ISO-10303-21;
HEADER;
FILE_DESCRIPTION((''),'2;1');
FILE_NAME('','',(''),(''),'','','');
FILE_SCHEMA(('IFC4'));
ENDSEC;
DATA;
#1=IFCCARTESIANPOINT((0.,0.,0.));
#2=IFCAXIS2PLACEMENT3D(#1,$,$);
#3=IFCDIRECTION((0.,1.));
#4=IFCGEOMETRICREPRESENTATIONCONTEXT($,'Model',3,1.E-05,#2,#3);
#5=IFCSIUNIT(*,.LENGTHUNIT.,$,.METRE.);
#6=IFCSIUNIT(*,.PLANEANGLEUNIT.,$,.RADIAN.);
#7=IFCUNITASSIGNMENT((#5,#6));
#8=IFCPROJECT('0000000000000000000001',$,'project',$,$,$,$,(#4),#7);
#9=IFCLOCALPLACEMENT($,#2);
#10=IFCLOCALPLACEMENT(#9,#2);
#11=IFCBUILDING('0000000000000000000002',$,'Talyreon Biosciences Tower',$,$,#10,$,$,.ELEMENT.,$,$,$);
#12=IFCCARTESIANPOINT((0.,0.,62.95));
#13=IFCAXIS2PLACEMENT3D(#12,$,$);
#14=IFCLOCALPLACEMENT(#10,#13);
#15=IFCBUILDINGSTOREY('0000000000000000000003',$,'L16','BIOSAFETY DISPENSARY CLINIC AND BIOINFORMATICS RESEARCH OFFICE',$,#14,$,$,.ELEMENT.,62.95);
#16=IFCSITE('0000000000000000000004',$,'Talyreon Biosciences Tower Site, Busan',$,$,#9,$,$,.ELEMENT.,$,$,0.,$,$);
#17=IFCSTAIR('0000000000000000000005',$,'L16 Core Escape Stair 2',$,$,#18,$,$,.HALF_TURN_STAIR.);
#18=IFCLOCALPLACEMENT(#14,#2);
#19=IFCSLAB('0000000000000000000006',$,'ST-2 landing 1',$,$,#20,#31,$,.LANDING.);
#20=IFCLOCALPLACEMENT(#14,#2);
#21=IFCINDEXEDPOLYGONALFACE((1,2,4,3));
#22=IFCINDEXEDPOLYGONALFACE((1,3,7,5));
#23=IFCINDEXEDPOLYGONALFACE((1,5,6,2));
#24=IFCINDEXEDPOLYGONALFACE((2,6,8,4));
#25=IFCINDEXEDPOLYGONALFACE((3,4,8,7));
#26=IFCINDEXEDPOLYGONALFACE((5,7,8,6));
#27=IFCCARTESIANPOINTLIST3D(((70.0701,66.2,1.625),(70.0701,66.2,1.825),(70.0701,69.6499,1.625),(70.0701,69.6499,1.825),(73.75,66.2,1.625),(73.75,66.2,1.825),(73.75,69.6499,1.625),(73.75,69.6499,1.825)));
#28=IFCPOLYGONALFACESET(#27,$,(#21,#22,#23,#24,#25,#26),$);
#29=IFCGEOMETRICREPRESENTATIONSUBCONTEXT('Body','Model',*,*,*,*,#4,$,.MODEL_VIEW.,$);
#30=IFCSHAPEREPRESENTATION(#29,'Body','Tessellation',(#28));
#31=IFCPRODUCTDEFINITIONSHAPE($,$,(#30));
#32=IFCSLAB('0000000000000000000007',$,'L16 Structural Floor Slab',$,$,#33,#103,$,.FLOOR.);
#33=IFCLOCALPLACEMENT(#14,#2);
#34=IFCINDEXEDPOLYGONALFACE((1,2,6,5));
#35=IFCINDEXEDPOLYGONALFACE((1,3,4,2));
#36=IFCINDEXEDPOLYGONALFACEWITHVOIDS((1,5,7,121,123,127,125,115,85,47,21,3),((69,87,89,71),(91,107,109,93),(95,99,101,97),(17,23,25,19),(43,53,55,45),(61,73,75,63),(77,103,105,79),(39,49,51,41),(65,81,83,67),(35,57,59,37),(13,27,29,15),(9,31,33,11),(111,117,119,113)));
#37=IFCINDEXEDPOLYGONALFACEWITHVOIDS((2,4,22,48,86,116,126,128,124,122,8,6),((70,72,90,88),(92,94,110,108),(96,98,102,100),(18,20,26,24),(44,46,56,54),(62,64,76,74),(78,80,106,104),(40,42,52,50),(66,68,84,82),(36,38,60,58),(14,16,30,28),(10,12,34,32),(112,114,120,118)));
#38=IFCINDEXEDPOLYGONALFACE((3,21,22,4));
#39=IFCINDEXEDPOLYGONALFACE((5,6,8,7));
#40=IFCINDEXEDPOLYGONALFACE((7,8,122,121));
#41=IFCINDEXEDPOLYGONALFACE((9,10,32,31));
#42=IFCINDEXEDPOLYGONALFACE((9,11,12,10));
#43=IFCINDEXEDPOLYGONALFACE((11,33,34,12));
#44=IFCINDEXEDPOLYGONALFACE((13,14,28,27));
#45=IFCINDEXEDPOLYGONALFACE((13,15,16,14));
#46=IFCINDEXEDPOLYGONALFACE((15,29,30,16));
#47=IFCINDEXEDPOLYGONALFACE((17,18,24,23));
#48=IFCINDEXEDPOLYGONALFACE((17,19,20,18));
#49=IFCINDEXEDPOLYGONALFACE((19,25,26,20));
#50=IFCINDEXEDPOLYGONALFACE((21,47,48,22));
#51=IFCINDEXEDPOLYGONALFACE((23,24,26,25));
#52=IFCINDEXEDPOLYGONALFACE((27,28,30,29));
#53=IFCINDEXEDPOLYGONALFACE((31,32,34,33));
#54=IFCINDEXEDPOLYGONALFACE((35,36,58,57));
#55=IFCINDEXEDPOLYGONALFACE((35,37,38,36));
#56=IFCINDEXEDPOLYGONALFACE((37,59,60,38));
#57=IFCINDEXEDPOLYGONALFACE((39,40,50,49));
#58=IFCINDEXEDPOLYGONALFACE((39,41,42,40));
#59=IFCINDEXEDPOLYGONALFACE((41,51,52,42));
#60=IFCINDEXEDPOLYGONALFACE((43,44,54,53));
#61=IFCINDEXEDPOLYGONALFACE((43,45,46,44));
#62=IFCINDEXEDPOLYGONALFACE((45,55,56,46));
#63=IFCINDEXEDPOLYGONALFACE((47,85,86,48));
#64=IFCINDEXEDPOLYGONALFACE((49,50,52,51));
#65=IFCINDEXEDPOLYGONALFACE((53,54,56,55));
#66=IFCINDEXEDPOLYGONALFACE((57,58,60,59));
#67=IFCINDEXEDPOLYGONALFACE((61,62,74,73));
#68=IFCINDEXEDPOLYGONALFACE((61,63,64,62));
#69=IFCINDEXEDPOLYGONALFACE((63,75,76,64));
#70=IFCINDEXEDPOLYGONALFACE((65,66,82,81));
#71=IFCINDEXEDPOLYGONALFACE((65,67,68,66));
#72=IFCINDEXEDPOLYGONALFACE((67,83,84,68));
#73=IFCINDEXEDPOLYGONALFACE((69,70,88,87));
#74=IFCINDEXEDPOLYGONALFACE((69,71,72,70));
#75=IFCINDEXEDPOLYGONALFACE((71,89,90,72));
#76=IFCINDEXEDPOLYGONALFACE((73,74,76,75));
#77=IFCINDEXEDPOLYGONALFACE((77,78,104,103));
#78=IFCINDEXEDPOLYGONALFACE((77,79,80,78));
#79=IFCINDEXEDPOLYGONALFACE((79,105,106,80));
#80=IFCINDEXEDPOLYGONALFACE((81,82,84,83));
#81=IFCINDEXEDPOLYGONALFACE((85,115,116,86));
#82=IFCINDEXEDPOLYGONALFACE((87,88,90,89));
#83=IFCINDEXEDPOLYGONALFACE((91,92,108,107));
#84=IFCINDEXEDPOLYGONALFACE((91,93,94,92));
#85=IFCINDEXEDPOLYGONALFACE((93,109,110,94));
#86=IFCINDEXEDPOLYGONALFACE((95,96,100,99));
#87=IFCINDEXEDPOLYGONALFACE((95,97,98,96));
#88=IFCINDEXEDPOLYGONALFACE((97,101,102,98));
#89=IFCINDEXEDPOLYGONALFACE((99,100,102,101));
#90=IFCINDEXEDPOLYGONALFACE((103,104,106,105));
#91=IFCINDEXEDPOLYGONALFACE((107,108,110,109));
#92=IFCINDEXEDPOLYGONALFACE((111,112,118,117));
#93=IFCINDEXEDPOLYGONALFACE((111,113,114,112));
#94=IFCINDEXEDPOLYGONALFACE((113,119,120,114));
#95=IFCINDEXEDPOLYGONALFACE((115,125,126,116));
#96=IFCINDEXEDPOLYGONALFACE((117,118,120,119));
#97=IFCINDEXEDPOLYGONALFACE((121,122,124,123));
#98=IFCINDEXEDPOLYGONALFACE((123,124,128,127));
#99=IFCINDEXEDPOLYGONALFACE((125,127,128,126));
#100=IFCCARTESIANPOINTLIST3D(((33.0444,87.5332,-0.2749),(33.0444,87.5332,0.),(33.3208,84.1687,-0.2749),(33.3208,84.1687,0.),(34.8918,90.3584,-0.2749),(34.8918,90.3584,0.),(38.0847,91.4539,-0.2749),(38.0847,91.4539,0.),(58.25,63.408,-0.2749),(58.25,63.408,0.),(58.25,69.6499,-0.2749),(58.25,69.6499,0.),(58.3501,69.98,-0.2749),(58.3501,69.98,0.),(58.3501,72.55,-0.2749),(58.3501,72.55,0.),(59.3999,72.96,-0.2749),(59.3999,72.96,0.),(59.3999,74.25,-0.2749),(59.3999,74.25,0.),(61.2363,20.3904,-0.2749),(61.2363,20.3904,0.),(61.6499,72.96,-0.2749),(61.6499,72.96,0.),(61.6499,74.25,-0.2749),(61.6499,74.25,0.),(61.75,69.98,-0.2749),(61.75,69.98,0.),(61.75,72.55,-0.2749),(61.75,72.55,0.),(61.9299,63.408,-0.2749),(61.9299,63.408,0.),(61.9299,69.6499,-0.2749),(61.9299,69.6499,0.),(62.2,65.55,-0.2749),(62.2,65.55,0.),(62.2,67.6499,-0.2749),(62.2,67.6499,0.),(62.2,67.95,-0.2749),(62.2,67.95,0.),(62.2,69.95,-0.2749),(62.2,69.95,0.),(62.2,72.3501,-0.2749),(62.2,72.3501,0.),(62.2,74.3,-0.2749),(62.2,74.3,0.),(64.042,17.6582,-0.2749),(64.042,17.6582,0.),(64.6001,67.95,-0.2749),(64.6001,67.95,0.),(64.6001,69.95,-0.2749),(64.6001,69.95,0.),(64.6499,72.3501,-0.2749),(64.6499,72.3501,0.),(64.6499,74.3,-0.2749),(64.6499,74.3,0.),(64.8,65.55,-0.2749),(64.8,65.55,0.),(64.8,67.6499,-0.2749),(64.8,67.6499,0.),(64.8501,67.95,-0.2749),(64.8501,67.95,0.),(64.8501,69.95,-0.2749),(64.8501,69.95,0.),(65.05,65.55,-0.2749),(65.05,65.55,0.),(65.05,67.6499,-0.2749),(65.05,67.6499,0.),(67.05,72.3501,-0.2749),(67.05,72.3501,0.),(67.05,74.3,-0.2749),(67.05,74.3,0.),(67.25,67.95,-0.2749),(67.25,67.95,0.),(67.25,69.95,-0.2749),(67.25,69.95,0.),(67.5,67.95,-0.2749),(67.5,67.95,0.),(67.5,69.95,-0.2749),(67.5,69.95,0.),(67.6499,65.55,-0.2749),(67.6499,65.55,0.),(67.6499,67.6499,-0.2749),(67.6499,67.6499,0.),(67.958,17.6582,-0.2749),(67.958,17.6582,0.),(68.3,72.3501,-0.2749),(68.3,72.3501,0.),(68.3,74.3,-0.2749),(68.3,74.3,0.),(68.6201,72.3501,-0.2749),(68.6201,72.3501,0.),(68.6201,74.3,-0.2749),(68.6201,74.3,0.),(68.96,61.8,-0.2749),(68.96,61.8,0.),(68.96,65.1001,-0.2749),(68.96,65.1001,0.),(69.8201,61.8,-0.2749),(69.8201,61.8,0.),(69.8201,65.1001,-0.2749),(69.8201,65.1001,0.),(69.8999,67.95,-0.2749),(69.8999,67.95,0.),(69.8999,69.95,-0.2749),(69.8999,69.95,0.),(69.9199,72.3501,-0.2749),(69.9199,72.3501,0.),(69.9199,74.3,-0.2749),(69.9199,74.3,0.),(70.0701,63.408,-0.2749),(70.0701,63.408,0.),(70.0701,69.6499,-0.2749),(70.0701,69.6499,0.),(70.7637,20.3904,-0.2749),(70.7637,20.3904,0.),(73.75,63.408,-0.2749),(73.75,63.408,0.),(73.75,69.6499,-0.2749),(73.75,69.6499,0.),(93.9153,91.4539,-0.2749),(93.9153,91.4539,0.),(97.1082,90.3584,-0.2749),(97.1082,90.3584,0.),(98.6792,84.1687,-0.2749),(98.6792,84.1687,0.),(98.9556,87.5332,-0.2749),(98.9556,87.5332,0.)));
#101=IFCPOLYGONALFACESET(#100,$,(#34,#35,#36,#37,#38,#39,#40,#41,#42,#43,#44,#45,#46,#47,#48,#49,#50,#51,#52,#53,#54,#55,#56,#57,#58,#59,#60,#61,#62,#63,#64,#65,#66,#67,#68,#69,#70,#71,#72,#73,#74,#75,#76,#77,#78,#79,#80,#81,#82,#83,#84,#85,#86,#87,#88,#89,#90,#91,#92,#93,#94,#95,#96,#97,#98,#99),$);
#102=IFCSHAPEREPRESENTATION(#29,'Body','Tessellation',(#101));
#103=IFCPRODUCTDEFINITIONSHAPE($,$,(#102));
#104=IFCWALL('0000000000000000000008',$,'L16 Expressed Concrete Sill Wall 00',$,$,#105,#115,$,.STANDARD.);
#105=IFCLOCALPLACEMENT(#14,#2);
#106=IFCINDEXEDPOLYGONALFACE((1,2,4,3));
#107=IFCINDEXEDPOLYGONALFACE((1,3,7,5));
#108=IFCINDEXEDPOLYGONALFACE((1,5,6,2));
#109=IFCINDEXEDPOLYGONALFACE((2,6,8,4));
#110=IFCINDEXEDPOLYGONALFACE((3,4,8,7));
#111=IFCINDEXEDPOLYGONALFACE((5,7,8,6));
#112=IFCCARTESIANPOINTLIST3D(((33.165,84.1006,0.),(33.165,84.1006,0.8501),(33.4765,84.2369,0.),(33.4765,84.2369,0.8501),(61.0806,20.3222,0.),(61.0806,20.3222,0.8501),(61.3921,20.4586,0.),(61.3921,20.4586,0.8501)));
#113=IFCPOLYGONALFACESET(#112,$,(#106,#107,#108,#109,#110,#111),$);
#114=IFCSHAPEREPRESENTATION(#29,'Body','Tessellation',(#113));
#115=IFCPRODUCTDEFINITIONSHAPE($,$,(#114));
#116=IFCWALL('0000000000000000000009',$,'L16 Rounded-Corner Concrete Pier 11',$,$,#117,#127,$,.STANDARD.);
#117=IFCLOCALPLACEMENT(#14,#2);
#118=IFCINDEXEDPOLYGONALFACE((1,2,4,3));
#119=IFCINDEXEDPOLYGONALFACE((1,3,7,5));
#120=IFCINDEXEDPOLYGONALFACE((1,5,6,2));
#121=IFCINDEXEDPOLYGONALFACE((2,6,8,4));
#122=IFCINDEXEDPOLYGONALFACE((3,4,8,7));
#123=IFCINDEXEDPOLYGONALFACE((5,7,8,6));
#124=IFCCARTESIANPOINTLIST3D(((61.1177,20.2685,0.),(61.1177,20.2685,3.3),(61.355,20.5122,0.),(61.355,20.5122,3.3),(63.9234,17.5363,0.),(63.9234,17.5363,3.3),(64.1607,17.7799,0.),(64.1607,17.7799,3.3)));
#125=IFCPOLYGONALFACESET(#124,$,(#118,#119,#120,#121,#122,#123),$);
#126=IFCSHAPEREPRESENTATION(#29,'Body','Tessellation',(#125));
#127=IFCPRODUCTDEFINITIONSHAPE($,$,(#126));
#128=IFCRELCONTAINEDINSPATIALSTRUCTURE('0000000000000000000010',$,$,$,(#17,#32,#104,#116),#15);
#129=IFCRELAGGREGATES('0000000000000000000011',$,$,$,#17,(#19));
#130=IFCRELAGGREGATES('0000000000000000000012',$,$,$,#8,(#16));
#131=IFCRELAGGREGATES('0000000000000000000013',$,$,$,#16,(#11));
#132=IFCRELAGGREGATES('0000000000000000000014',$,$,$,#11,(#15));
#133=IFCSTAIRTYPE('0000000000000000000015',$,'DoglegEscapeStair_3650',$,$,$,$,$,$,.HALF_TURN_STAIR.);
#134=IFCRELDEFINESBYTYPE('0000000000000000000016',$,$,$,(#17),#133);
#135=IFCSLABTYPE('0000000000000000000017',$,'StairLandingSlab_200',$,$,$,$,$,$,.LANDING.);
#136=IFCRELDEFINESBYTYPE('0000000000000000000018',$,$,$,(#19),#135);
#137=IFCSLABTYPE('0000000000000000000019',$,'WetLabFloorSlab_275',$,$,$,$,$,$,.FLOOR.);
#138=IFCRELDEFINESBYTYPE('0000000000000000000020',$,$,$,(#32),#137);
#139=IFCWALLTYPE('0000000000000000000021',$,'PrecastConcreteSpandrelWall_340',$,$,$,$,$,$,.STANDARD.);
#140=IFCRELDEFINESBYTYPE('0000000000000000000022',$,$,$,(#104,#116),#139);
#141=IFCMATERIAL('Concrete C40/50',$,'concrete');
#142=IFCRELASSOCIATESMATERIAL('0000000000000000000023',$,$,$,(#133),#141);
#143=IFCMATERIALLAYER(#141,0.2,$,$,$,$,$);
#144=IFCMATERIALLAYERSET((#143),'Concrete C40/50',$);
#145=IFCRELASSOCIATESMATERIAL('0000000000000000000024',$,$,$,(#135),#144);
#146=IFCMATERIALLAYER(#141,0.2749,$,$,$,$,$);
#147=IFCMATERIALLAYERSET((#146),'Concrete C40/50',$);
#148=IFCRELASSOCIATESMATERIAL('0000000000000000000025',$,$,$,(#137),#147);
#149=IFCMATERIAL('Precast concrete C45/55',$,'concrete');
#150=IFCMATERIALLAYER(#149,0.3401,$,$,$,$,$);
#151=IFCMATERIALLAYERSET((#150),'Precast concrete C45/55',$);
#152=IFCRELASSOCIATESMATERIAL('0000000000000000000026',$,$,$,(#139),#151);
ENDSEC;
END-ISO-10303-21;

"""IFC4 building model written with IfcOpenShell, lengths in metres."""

from ifc_helpers import new_model, si_unit, direction, frame, frame_2d, origin, place, context, subcontext, project, spatial, polyline, rectangle, outline, extrude, material, layer, layer_set, type_object, element, aggregate, save


model = new_model("IFC4")

# Units and contexts
model_context = context("Model", 3, precision=1e-05, world=origin(), true_north=direction((0.0, 1.0)))
body_context = subcontext(model_context, "Body", "Model", "MODEL_VIEW")
ifc_project = project(units=[si_unit("LENGTHUNIT", "METRE"), si_unit("PLANEANGLEUNIT", "RADIAN")], contexts=[model_context])

# Site, building, storey
site_placement = place(None, origin())
site = spatial("IfcSite", under=ifc_project, at=site_placement, Name="Talyreon Biosciences Tower Site, Busan", CompositionType="ELEMENT", RefElevation=0.0)
building_placement = place(site_placement, origin())
building = spatial("IfcBuilding", under=site, at=building_placement, Name="Talyreon Biosciences Tower", CompositionType="ELEMENT")
storey_placement = place(building_placement, frame((0.0, 0.0, 62.95)))
storey = spatial("IfcBuildingStorey", under=building, at=storey_placement, Name="L16", Description="BIOSAFETY DISPENSARY CLINIC AND BIOINFORMATICS RESEARCH OFFICE", CompositionType="ELEMENT", Elevation=62.95)

# Shared definitions
ifc_material_1 = material(Name="Precast concrete C45/55", Category="concrete")

# Stair, slab
ifc_material_2 = material(Name="Concrete C40/50", Category="concrete")
stair_type = type_object("IfcStairType", Name="DoglegEscapeStair_3650", PredefinedType="HALF_TURN_STAIR", material=ifc_material_2)
ifc_layer_1 = layer(ifc_material_2, 0.2)
ifc_layer_set_1 = layer_set([ifc_layer_1], Name="Concrete C40/50")
slab_type_1 = type_object("IfcSlabType", Name="StairLandingSlab_200", PredefinedType="LANDING", material=ifc_layer_set_1)
stair_1_placement = place(storey_placement, origin())
stair_1 = element("IfcStair", 1, at=stair_1_placement, inside=storey, type_object=stair_type, Name="L16 Core Escape Stair 2", PredefinedType="HALF_TURN_STAIR")
slab_1_placement = place(storey_placement, frame((0.0, 0.0, 1.625)))
slab_1 = element("IfcSlab", 2, at=slab_1_placement, type_object=slab_type_1, Name="ST-2 landing 1", PredefinedType="LANDING", context=body_context, shape_type="SweptSolid", body=[
    extrude(outline(polyline([(73.75, 66.2), (73.75, 69.6499), (70.0701, 69.6499), (70.0701, 66.2), (73.75, 66.2)])), origin(), (0.0, 0.0, 1.0), 0.2),
])
aggregate(stair_1, [slab_1])

# Slab
ifc_layer_2 = layer(ifc_material_2, 0.2749)
ifc_layer_set_2 = layer_set([ifc_layer_2], Name="Concrete C40/50")
slab_type_2 = type_object("IfcSlabType", Name="WetLabFloorSlab_275", PredefinedType="FLOOR", material=ifc_layer_set_2)
slab_2_placement = place(storey_placement, frame((0.0, 0.0, -0.2749)))
element("IfcSlab", 3, at=slab_2_placement, inside=storey, type_object=slab_type_2, Name="L16 Structural Floor Slab", PredefinedType="FLOOR", context=body_context, shape_type="SweptSolid", body=[
    extrude(outline(polyline([(61.2363, 20.3904), (33.3208, 84.1687), (33.0444, 87.5332), (34.8918, 90.3584), (38.0847, 91.4539), (93.9153, 91.4539), (97.1082, 90.3584), (98.9556, 87.5332), (98.6792, 84.1687), (70.7637, 20.3904), (67.958, 17.6582), (64.042, 17.6582), (61.2363, 20.3904)]), holes=[polyline([(61.9299, 69.6499), (61.9299, 63.408), (58.25, 63.408), (58.25, 69.6499), (61.9299, 69.6499)]), polyline([(64.8, 65.55), (62.2, 65.55), (62.2, 67.6499), (64.8, 67.6499), (64.8, 65.55)]), polyline([(64.6001, 67.95), (62.2, 67.95), (62.2, 69.95), (64.6001, 69.95), (64.6001, 67.95)]), polyline([(67.25, 69.95), (67.25, 67.95), (64.8501, 67.95), (64.8501, 69.95), (67.25, 69.95)]), polyline([(61.75, 69.98), (58.3501, 69.98), (58.3501, 72.55), (61.75, 72.55), (61.75, 69.98)]), polyline([(64.6499, 72.3501), (62.2, 72.3501), (62.2, 74.3), (64.6499, 74.3), (64.6499, 72.3501)]), polyline([(61.6499, 74.25), (61.6499, 72.96), (59.3999, 72.96), (59.3999, 74.25), (61.6499, 74.25)]), polyline([(69.8201, 61.8), (68.96, 61.8), (68.96, 65.1001), (69.8201, 65.1001), (69.8201, 61.8)]), polyline([(73.75, 63.408), (70.0701, 63.408), (70.0701, 69.6499), (73.75, 69.6499), (73.75, 63.408)]), polyline([(67.6499, 65.55), (65.05, 65.55), (65.05, 67.6499), (67.6499, 67.6499), (67.6499, 65.55)]), polyline([(69.8999, 67.95), (67.5, 67.95), (67.5, 69.95), (69.8999, 69.95), (69.8999, 67.95)]), polyline([(68.3, 72.3501), (67.05, 72.3501), (67.05, 74.3), (68.3, 74.3), (68.3, 72.3501)]), polyline([(69.9199, 72.3501), (68.6201, 72.3501), (68.6201, 74.3), (69.9199, 74.3), (69.9199, 72.3501)])]), origin(), (0.0, 0.0, 1.0), 0.2749),
])

# Walls
ifc_layer_3 = layer(ifc_material_1, 0.3401)
ifc_layer_set_3 = layer_set([ifc_layer_3], Name="Precast concrete C45/55")
wall_type = type_object("IfcWallType", Name="PrecastConcreteSpandrelWall_340", PredefinedType="STANDARD", material=ifc_layer_set_3)
wall_1_placement = place(storey_placement, frame((61.2363, 20.3904, 0.0), z_axis=(0.0, 0.0, 1.0), x_axis=(-0.40097, 0.916091, 0.0)))
element("IfcWall", 4, at=wall_1_placement, inside=storey, type_object=wall_type, Name="L16 Expressed Concrete Sill Wall 00", PredefinedType="STANDARD", context=body_context, shape_type="SweptSolid", body=[
    extrude(rectangle(XDim=69.6201, YDim=0.3401, at=frame_2d((34.8101, 0.0))), origin(), (0.0, 0.0, 1.0), 0.8501),
])
wall_2_placement = place(storey_placement, frame((64.042, 17.6582, 0.0), z_axis=(0.0, 0.0, 1.0), x_axis=(-0.716427, 0.697662, 0.0)))
element("IfcWall", 5, at=wall_2_placement, inside=storey, type_object=wall_type, Name="L16 Rounded-Corner Concrete Pier 11", PredefinedType="STANDARD", context=body_context, shape_type="SweptSolid", body=[
    extrude(rectangle(XDim=3.9163, YDim=0.3401, at=frame_2d((1.958, 0.0))), origin(), (0.0, 0.0, 1.0), 3.3),
])

save(model, "model.ifc")
